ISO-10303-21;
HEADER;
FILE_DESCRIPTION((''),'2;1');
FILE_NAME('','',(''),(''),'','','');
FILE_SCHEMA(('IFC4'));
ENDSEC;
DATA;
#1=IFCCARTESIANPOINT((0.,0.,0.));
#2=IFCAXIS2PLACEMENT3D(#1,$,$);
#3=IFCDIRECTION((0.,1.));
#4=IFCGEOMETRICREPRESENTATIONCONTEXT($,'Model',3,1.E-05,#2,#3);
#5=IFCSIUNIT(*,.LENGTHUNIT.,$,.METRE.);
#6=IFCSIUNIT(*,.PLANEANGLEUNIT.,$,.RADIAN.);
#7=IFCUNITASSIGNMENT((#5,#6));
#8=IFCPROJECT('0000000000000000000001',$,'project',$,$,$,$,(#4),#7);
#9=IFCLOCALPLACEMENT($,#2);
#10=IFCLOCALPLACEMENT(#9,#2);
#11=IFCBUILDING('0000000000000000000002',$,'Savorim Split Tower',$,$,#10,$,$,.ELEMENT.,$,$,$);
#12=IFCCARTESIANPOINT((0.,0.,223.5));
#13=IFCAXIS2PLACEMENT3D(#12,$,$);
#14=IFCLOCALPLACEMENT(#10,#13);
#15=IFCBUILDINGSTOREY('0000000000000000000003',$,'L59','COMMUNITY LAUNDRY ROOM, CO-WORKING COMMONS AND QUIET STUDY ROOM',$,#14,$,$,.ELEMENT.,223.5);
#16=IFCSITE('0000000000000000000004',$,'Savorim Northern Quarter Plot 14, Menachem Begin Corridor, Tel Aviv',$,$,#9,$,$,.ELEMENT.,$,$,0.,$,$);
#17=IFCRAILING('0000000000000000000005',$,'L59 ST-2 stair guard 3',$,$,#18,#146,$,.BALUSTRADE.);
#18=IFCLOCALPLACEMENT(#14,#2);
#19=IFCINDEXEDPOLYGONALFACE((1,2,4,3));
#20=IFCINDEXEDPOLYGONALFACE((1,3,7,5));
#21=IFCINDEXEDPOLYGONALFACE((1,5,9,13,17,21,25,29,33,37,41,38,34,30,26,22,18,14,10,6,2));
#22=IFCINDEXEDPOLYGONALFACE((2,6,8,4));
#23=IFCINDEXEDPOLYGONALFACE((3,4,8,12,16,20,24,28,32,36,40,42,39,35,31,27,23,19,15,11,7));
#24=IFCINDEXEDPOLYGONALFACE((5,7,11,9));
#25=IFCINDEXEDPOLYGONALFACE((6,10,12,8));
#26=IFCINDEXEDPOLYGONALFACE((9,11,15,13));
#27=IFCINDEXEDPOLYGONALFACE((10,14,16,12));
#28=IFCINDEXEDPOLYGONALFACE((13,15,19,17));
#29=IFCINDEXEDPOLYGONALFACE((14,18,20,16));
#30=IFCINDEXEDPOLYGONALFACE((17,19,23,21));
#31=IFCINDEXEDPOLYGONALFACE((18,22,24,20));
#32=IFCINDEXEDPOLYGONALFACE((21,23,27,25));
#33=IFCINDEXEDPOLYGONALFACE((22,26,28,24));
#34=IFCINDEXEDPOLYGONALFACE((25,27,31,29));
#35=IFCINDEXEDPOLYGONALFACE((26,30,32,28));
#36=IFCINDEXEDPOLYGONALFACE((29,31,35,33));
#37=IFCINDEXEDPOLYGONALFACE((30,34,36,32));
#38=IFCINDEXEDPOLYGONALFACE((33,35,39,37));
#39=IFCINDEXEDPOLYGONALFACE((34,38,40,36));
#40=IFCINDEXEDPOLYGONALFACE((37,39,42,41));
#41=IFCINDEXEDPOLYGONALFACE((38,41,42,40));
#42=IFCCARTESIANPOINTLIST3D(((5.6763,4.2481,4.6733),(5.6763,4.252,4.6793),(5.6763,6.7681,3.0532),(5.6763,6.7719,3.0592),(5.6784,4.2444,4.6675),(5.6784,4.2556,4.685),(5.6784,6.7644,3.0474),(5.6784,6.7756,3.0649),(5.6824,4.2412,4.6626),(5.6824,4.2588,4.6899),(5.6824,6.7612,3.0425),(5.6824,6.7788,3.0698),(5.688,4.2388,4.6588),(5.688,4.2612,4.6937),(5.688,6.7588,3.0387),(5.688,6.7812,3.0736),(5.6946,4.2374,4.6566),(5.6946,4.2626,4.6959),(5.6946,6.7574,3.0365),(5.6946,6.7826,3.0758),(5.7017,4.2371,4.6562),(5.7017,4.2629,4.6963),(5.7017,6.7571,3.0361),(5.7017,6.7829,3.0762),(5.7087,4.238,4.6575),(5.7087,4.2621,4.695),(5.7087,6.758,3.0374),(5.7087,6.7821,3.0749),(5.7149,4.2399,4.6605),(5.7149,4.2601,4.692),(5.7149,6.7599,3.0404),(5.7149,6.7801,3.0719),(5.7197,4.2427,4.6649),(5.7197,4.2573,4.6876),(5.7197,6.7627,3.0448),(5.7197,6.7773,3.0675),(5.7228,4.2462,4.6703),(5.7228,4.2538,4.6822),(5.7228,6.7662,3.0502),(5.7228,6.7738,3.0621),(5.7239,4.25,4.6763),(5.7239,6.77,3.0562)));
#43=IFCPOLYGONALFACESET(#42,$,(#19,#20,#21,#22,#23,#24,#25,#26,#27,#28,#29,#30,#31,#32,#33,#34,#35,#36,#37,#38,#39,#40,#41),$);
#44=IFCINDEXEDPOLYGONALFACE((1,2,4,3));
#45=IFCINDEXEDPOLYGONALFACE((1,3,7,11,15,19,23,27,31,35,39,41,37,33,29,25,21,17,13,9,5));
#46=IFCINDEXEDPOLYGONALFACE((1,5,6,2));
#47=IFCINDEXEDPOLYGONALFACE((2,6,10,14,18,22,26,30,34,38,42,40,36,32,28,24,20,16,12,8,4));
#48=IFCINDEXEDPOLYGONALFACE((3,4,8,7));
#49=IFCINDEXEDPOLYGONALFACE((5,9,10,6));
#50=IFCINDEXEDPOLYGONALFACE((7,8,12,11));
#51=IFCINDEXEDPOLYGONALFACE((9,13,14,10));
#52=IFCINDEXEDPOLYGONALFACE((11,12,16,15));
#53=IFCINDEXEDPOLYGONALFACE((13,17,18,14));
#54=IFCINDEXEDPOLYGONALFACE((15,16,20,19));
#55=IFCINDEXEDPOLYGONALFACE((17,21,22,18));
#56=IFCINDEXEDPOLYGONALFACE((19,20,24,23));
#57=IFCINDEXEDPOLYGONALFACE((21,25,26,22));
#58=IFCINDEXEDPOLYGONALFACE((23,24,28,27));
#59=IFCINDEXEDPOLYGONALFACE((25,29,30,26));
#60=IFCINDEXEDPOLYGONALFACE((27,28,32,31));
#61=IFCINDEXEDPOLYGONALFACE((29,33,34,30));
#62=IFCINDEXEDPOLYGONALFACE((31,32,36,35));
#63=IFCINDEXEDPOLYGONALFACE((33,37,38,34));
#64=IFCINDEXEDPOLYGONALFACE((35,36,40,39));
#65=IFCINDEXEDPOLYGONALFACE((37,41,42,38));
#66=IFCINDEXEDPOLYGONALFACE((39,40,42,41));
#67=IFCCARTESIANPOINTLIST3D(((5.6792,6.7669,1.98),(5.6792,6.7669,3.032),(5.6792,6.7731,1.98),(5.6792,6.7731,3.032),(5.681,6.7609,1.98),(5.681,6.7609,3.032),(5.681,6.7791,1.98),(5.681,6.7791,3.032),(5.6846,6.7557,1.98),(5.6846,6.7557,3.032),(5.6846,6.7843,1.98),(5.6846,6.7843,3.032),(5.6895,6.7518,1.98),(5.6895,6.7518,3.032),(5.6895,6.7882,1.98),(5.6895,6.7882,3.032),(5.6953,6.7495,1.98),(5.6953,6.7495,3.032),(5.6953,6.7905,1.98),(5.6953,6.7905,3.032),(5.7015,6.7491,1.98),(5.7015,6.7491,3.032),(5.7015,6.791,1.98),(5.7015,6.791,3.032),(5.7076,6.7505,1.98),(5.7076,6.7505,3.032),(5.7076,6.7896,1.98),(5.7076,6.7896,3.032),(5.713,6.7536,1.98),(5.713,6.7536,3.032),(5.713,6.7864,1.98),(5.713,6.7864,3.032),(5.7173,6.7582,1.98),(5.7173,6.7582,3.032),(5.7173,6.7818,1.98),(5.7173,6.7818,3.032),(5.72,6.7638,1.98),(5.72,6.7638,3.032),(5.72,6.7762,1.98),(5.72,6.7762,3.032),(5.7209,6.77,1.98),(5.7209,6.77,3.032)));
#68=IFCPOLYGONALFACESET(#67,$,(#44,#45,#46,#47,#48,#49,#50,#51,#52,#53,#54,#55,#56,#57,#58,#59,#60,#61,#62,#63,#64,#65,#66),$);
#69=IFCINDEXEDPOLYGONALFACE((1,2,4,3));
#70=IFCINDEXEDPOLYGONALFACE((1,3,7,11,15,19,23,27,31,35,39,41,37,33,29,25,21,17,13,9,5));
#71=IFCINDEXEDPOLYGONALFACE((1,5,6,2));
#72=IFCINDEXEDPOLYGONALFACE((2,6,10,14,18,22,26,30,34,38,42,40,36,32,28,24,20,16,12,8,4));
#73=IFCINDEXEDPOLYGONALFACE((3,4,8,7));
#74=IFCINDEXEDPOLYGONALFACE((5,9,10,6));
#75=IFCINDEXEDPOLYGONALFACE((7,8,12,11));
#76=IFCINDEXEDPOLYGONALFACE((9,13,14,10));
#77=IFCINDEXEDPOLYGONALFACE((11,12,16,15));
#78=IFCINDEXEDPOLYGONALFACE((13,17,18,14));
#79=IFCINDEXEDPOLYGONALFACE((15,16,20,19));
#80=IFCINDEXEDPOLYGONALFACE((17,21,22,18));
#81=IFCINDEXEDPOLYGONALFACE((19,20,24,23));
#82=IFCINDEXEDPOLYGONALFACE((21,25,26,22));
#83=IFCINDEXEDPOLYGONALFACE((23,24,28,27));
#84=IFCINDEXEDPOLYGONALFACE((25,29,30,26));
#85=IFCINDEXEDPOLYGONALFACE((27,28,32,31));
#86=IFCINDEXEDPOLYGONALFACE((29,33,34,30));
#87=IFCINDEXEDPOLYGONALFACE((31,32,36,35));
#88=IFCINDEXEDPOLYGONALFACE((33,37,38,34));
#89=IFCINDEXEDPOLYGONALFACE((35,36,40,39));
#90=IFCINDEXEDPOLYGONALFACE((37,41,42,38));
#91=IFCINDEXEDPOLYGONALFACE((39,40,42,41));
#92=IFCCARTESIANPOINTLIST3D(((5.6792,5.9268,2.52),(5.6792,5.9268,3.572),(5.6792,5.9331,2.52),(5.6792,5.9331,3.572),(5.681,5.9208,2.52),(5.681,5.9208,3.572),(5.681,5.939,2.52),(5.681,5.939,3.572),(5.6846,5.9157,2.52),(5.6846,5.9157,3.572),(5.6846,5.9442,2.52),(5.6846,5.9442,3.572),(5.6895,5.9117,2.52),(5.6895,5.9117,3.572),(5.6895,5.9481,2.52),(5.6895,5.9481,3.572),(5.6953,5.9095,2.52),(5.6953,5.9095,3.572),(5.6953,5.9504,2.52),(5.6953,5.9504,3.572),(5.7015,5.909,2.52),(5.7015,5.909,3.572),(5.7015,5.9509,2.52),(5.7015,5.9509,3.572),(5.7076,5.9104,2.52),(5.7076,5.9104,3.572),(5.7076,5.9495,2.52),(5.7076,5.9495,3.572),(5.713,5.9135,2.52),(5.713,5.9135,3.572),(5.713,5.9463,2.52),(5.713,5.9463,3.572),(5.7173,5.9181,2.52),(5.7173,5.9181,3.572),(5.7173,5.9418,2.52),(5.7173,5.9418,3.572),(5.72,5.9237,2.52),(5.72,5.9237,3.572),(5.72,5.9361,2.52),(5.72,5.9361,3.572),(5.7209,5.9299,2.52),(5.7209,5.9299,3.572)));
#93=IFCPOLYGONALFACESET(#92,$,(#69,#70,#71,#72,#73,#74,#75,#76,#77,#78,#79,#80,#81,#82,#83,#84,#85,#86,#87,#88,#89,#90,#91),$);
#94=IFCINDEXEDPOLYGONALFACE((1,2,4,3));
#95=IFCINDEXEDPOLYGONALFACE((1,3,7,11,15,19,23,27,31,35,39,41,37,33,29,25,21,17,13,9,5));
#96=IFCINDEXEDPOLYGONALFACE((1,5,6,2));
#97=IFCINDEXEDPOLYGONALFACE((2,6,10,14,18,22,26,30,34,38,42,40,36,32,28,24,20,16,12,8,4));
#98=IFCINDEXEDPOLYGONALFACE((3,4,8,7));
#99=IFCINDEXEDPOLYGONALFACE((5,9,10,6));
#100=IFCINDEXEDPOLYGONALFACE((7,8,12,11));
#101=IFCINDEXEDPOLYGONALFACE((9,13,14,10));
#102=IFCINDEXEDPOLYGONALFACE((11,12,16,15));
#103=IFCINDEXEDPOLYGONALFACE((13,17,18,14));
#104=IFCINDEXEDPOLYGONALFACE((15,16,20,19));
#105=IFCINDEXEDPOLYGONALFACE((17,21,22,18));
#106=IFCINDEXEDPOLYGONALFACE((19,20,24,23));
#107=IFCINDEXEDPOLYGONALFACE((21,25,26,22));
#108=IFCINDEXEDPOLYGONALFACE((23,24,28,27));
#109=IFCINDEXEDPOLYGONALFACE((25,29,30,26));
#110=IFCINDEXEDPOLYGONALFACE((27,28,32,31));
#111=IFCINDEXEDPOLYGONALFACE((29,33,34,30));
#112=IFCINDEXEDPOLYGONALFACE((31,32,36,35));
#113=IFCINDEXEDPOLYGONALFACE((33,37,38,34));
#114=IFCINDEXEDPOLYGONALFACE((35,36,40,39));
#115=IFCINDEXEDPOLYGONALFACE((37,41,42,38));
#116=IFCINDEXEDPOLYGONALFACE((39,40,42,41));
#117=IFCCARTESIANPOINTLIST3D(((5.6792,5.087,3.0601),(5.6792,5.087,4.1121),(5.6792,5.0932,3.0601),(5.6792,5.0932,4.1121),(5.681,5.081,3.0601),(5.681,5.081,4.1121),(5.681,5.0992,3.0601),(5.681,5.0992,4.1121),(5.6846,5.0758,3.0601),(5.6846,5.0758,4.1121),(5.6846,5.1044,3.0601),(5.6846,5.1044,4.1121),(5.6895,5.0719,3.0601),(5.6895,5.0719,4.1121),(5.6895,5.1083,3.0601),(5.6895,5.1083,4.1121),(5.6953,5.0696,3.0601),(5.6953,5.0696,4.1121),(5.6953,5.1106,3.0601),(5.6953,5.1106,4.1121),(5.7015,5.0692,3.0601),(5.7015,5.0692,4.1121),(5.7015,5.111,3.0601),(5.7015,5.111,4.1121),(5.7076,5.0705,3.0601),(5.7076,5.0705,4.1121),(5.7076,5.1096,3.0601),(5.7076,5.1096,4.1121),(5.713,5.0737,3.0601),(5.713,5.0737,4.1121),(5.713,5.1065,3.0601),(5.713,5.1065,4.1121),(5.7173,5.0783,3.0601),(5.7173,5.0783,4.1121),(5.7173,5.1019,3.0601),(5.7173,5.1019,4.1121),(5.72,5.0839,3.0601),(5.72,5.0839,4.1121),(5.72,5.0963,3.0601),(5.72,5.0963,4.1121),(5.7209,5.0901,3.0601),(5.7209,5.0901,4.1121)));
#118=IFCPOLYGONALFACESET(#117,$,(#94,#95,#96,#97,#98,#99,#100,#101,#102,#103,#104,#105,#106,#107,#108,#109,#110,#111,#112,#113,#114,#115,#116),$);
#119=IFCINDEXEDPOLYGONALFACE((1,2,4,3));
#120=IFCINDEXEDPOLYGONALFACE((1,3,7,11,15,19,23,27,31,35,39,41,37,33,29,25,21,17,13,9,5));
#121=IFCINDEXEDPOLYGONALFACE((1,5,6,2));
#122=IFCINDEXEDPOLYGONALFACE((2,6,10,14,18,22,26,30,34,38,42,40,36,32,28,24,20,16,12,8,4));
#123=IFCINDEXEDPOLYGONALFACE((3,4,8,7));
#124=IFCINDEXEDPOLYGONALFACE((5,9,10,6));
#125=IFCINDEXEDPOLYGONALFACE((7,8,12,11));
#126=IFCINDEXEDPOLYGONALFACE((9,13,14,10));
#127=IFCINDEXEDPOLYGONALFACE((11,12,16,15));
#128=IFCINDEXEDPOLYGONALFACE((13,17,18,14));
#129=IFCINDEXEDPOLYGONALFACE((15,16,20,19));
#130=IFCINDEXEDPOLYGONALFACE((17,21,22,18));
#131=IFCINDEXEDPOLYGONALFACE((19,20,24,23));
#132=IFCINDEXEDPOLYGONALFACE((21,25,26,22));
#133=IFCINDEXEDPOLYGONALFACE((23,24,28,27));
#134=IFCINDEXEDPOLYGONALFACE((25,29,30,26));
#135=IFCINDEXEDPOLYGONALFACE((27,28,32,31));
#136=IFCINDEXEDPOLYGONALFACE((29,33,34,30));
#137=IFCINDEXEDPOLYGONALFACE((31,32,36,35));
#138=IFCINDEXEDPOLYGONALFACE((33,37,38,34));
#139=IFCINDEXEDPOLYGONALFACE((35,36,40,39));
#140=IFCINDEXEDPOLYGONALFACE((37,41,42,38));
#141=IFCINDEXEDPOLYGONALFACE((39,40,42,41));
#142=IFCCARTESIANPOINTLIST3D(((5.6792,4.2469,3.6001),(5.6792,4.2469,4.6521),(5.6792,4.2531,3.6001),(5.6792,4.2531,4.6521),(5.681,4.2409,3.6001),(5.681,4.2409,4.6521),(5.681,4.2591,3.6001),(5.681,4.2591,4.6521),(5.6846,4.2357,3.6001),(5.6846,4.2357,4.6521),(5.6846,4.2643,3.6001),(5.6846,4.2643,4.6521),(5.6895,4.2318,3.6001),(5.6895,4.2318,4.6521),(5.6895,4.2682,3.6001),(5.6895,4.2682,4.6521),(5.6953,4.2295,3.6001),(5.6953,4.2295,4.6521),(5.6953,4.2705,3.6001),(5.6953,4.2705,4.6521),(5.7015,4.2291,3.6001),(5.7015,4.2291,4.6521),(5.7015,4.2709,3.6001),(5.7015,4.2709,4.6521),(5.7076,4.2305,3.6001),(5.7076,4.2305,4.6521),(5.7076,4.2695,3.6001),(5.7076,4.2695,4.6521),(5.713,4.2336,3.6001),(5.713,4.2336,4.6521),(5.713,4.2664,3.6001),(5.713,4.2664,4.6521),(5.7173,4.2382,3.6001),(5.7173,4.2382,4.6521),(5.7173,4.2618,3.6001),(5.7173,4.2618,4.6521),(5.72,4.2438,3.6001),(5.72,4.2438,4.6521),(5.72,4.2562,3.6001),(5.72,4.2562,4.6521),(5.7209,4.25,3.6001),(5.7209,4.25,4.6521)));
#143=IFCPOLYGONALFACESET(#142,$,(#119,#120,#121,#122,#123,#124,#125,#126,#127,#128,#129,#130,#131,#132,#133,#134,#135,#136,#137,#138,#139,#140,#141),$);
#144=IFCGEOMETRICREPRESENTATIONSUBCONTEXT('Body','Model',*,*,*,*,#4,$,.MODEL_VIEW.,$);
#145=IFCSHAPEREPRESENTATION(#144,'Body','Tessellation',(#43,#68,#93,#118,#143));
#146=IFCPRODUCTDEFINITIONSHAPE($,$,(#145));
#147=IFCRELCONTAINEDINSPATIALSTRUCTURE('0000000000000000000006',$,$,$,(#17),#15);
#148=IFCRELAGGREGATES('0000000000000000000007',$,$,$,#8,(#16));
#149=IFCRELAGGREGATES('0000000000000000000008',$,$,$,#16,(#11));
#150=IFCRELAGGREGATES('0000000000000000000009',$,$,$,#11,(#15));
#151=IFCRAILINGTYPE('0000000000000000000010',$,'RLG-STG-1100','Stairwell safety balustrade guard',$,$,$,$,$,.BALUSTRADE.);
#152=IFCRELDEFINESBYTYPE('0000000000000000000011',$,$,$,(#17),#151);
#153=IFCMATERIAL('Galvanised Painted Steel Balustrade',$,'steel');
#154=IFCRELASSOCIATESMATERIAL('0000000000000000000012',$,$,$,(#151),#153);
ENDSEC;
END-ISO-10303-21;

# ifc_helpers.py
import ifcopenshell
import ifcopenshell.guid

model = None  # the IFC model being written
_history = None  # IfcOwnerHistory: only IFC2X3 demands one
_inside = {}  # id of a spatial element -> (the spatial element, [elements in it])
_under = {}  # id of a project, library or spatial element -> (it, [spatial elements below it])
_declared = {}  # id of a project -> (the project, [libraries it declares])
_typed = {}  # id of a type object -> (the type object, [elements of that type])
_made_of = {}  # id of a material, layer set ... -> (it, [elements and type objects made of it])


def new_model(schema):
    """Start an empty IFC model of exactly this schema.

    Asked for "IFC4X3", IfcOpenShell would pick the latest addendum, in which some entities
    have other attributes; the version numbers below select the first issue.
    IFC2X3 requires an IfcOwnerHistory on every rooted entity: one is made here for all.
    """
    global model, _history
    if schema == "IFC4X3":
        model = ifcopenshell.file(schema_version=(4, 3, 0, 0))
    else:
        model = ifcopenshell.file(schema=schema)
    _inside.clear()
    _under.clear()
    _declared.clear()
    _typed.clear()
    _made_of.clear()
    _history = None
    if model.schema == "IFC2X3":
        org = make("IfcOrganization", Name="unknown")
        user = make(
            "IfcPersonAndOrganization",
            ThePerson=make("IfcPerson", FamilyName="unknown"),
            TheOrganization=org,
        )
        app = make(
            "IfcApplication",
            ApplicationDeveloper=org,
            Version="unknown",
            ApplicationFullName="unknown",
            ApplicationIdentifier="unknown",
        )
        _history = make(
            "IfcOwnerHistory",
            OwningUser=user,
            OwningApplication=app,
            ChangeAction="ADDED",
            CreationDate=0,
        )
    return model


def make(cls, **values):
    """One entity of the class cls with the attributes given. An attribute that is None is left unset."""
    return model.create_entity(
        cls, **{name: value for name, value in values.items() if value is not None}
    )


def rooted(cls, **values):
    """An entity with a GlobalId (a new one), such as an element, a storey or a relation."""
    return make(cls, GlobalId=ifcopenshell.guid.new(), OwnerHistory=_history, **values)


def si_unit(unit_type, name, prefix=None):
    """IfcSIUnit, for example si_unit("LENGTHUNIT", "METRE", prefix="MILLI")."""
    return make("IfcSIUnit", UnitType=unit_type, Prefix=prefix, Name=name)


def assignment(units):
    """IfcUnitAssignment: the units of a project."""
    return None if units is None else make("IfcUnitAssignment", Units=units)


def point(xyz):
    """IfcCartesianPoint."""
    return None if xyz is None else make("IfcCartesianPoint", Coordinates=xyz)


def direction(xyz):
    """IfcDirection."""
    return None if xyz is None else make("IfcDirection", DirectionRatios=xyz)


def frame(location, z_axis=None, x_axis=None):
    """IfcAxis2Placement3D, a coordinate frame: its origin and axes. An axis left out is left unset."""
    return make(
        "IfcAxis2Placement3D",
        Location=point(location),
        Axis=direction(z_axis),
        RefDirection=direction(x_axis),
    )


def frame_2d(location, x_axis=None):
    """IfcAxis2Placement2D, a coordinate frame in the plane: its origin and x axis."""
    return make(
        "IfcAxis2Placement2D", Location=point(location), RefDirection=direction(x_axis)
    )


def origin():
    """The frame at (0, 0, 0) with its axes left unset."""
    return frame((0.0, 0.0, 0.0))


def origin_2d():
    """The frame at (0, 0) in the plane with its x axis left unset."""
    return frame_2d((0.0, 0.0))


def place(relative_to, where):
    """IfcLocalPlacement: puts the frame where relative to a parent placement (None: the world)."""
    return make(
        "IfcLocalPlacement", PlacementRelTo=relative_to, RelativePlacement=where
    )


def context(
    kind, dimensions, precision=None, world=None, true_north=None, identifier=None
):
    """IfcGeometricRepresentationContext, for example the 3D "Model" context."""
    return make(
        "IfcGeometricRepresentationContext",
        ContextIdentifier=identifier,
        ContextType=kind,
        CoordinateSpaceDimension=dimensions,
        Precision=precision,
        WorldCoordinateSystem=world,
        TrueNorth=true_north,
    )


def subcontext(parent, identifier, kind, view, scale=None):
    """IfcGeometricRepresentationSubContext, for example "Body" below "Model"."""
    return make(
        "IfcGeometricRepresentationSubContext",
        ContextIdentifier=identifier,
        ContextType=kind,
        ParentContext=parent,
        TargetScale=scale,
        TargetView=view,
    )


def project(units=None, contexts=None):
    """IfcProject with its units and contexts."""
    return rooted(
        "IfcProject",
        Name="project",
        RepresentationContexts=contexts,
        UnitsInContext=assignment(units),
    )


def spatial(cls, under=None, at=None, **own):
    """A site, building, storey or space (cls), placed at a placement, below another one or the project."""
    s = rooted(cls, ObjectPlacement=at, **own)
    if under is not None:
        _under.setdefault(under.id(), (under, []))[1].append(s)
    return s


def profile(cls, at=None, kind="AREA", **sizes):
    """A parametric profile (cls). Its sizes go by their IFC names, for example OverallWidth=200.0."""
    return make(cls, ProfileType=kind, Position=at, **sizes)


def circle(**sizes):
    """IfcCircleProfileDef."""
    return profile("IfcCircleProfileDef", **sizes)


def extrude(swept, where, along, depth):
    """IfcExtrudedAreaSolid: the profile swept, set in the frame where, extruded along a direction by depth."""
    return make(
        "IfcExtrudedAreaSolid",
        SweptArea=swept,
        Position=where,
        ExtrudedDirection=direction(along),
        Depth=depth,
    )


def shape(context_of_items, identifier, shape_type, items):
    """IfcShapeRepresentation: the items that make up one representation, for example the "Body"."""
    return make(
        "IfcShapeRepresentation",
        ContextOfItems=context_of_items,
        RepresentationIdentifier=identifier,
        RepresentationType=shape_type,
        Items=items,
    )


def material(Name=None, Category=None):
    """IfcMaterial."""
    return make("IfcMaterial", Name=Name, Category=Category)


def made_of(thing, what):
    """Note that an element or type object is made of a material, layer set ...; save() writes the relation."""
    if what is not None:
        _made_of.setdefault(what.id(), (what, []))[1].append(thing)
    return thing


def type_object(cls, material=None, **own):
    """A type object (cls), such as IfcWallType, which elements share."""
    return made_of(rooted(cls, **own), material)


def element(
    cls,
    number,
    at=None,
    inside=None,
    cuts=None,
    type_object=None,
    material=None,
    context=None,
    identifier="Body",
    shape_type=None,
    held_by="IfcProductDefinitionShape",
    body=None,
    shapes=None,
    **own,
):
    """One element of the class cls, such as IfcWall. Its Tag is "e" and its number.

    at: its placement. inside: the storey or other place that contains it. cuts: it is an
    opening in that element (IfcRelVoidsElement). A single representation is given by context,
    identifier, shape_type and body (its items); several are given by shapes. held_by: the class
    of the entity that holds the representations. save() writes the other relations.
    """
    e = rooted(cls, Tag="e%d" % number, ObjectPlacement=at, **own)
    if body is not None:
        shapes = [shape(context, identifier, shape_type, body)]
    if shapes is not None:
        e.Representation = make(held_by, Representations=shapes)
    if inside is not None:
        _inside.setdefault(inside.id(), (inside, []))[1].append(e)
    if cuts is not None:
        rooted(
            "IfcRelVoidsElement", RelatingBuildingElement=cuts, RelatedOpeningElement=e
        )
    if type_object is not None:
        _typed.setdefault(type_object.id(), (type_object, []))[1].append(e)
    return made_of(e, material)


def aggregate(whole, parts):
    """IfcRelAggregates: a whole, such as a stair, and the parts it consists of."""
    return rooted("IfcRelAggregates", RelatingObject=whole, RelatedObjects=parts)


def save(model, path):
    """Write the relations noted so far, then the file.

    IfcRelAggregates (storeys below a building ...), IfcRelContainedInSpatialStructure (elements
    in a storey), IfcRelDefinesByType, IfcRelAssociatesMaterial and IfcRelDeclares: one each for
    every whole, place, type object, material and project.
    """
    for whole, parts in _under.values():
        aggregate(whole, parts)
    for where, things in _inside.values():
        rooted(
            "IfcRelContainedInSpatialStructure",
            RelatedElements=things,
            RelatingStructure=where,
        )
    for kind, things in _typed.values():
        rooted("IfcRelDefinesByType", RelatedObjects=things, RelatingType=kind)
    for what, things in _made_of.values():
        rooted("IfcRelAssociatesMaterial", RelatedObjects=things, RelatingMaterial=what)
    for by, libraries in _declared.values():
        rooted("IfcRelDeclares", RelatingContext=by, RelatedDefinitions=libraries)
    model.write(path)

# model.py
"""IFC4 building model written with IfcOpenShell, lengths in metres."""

from ifc_helpers import new_model, si_unit, direction, frame, origin, origin_2d, place, context, subcontext, project, spatial, circle, extrude, material, type_object, element, save


model = new_model("IFC4")

# Units and contexts
model_context = context("Model", 3, precision=1e-05, world=origin(), true_north=direction((0.0, 1.0)))
body_context = subcontext(model_context, "Body", "Model", "MODEL_VIEW")
ifc_project = project(units=[si_unit("LENGTHUNIT", "METRE"), si_unit("PLANEANGLEUNIT", "RADIAN")], contexts=[model_context])

# Site, building, storey
site_placement = place(None, origin())
site = spatial("IfcSite", under=ifc_project, at=site_placement, Name="Savorim Northern Quarter Plot 14, Menachem Begin Corridor, Tel Aviv", CompositionType="ELEMENT", RefElevation=0.0)
building_placement = place(site_placement, origin())
building = spatial("IfcBuilding", under=site, at=building_placement, Name="Savorim Split Tower", CompositionType="ELEMENT")
storey_placement = place(building_placement, frame((0.0, 0.0, 223.5)))
storey = spatial("IfcBuildingStorey", under=building, at=storey_placement, Name="L59", Description="COMMUNITY LAUNDRY ROOM, CO-WORKING COMMONS AND QUIET STUDY ROOM", CompositionType="ELEMENT", Elevation=223.5)

# Railing
ifc_material_1 = material(Name="Galvanised Painted Steel Balustrade", Category="steel")
railing_type_1 = type_object("IfcRailingType", Name="RLG-STG-1100", Description="Stairwell safety balustrade guard", PredefinedType="BALUSTRADE", material=ifc_material_1)
railing_1_placement = place(storey_placement, frame((5.7, 6.77, 1.98)))
element("IfcRailing", 1, at=railing_1_placement, inside=storey, type_object=railing_type_1, Name="L59 ST-2 stair guard 3", PredefinedType="BALUSTRADE", context=body_context, shape_type="SweptSolid", body=[
    extrude(circle(Radius=0.0239, at=origin_2d()), frame((0.0, 0.0, 1.0762), z_axis=(0.0, -0.841163, 0.540782), x_axis=(1.0, 0.0, 0.0)), (0.0, 0.0, 1.0), 2.9958),
    extrude(circle(Radius=0.021, at=origin_2d()), origin(), (0.0, 0.0, 1.0), 1.052),
    extrude(circle(Radius=0.021, at=origin_2d()), frame((0.0, -0.8401, 0.54)), (0.0, 0.0, 1.0), 1.052),
    extrude(circle(Radius=0.021, at=origin_2d()), frame((0.0, -1.6799, 1.0801)), (0.0, 0.0, 1.0), 1.052),
    extrude(circle(Radius=0.021, at=origin_2d()), frame((0.0, -2.52, 1.6201)), (0.0, 0.0, 1.0), 1.052),
])

save(model, "model.ifc")
